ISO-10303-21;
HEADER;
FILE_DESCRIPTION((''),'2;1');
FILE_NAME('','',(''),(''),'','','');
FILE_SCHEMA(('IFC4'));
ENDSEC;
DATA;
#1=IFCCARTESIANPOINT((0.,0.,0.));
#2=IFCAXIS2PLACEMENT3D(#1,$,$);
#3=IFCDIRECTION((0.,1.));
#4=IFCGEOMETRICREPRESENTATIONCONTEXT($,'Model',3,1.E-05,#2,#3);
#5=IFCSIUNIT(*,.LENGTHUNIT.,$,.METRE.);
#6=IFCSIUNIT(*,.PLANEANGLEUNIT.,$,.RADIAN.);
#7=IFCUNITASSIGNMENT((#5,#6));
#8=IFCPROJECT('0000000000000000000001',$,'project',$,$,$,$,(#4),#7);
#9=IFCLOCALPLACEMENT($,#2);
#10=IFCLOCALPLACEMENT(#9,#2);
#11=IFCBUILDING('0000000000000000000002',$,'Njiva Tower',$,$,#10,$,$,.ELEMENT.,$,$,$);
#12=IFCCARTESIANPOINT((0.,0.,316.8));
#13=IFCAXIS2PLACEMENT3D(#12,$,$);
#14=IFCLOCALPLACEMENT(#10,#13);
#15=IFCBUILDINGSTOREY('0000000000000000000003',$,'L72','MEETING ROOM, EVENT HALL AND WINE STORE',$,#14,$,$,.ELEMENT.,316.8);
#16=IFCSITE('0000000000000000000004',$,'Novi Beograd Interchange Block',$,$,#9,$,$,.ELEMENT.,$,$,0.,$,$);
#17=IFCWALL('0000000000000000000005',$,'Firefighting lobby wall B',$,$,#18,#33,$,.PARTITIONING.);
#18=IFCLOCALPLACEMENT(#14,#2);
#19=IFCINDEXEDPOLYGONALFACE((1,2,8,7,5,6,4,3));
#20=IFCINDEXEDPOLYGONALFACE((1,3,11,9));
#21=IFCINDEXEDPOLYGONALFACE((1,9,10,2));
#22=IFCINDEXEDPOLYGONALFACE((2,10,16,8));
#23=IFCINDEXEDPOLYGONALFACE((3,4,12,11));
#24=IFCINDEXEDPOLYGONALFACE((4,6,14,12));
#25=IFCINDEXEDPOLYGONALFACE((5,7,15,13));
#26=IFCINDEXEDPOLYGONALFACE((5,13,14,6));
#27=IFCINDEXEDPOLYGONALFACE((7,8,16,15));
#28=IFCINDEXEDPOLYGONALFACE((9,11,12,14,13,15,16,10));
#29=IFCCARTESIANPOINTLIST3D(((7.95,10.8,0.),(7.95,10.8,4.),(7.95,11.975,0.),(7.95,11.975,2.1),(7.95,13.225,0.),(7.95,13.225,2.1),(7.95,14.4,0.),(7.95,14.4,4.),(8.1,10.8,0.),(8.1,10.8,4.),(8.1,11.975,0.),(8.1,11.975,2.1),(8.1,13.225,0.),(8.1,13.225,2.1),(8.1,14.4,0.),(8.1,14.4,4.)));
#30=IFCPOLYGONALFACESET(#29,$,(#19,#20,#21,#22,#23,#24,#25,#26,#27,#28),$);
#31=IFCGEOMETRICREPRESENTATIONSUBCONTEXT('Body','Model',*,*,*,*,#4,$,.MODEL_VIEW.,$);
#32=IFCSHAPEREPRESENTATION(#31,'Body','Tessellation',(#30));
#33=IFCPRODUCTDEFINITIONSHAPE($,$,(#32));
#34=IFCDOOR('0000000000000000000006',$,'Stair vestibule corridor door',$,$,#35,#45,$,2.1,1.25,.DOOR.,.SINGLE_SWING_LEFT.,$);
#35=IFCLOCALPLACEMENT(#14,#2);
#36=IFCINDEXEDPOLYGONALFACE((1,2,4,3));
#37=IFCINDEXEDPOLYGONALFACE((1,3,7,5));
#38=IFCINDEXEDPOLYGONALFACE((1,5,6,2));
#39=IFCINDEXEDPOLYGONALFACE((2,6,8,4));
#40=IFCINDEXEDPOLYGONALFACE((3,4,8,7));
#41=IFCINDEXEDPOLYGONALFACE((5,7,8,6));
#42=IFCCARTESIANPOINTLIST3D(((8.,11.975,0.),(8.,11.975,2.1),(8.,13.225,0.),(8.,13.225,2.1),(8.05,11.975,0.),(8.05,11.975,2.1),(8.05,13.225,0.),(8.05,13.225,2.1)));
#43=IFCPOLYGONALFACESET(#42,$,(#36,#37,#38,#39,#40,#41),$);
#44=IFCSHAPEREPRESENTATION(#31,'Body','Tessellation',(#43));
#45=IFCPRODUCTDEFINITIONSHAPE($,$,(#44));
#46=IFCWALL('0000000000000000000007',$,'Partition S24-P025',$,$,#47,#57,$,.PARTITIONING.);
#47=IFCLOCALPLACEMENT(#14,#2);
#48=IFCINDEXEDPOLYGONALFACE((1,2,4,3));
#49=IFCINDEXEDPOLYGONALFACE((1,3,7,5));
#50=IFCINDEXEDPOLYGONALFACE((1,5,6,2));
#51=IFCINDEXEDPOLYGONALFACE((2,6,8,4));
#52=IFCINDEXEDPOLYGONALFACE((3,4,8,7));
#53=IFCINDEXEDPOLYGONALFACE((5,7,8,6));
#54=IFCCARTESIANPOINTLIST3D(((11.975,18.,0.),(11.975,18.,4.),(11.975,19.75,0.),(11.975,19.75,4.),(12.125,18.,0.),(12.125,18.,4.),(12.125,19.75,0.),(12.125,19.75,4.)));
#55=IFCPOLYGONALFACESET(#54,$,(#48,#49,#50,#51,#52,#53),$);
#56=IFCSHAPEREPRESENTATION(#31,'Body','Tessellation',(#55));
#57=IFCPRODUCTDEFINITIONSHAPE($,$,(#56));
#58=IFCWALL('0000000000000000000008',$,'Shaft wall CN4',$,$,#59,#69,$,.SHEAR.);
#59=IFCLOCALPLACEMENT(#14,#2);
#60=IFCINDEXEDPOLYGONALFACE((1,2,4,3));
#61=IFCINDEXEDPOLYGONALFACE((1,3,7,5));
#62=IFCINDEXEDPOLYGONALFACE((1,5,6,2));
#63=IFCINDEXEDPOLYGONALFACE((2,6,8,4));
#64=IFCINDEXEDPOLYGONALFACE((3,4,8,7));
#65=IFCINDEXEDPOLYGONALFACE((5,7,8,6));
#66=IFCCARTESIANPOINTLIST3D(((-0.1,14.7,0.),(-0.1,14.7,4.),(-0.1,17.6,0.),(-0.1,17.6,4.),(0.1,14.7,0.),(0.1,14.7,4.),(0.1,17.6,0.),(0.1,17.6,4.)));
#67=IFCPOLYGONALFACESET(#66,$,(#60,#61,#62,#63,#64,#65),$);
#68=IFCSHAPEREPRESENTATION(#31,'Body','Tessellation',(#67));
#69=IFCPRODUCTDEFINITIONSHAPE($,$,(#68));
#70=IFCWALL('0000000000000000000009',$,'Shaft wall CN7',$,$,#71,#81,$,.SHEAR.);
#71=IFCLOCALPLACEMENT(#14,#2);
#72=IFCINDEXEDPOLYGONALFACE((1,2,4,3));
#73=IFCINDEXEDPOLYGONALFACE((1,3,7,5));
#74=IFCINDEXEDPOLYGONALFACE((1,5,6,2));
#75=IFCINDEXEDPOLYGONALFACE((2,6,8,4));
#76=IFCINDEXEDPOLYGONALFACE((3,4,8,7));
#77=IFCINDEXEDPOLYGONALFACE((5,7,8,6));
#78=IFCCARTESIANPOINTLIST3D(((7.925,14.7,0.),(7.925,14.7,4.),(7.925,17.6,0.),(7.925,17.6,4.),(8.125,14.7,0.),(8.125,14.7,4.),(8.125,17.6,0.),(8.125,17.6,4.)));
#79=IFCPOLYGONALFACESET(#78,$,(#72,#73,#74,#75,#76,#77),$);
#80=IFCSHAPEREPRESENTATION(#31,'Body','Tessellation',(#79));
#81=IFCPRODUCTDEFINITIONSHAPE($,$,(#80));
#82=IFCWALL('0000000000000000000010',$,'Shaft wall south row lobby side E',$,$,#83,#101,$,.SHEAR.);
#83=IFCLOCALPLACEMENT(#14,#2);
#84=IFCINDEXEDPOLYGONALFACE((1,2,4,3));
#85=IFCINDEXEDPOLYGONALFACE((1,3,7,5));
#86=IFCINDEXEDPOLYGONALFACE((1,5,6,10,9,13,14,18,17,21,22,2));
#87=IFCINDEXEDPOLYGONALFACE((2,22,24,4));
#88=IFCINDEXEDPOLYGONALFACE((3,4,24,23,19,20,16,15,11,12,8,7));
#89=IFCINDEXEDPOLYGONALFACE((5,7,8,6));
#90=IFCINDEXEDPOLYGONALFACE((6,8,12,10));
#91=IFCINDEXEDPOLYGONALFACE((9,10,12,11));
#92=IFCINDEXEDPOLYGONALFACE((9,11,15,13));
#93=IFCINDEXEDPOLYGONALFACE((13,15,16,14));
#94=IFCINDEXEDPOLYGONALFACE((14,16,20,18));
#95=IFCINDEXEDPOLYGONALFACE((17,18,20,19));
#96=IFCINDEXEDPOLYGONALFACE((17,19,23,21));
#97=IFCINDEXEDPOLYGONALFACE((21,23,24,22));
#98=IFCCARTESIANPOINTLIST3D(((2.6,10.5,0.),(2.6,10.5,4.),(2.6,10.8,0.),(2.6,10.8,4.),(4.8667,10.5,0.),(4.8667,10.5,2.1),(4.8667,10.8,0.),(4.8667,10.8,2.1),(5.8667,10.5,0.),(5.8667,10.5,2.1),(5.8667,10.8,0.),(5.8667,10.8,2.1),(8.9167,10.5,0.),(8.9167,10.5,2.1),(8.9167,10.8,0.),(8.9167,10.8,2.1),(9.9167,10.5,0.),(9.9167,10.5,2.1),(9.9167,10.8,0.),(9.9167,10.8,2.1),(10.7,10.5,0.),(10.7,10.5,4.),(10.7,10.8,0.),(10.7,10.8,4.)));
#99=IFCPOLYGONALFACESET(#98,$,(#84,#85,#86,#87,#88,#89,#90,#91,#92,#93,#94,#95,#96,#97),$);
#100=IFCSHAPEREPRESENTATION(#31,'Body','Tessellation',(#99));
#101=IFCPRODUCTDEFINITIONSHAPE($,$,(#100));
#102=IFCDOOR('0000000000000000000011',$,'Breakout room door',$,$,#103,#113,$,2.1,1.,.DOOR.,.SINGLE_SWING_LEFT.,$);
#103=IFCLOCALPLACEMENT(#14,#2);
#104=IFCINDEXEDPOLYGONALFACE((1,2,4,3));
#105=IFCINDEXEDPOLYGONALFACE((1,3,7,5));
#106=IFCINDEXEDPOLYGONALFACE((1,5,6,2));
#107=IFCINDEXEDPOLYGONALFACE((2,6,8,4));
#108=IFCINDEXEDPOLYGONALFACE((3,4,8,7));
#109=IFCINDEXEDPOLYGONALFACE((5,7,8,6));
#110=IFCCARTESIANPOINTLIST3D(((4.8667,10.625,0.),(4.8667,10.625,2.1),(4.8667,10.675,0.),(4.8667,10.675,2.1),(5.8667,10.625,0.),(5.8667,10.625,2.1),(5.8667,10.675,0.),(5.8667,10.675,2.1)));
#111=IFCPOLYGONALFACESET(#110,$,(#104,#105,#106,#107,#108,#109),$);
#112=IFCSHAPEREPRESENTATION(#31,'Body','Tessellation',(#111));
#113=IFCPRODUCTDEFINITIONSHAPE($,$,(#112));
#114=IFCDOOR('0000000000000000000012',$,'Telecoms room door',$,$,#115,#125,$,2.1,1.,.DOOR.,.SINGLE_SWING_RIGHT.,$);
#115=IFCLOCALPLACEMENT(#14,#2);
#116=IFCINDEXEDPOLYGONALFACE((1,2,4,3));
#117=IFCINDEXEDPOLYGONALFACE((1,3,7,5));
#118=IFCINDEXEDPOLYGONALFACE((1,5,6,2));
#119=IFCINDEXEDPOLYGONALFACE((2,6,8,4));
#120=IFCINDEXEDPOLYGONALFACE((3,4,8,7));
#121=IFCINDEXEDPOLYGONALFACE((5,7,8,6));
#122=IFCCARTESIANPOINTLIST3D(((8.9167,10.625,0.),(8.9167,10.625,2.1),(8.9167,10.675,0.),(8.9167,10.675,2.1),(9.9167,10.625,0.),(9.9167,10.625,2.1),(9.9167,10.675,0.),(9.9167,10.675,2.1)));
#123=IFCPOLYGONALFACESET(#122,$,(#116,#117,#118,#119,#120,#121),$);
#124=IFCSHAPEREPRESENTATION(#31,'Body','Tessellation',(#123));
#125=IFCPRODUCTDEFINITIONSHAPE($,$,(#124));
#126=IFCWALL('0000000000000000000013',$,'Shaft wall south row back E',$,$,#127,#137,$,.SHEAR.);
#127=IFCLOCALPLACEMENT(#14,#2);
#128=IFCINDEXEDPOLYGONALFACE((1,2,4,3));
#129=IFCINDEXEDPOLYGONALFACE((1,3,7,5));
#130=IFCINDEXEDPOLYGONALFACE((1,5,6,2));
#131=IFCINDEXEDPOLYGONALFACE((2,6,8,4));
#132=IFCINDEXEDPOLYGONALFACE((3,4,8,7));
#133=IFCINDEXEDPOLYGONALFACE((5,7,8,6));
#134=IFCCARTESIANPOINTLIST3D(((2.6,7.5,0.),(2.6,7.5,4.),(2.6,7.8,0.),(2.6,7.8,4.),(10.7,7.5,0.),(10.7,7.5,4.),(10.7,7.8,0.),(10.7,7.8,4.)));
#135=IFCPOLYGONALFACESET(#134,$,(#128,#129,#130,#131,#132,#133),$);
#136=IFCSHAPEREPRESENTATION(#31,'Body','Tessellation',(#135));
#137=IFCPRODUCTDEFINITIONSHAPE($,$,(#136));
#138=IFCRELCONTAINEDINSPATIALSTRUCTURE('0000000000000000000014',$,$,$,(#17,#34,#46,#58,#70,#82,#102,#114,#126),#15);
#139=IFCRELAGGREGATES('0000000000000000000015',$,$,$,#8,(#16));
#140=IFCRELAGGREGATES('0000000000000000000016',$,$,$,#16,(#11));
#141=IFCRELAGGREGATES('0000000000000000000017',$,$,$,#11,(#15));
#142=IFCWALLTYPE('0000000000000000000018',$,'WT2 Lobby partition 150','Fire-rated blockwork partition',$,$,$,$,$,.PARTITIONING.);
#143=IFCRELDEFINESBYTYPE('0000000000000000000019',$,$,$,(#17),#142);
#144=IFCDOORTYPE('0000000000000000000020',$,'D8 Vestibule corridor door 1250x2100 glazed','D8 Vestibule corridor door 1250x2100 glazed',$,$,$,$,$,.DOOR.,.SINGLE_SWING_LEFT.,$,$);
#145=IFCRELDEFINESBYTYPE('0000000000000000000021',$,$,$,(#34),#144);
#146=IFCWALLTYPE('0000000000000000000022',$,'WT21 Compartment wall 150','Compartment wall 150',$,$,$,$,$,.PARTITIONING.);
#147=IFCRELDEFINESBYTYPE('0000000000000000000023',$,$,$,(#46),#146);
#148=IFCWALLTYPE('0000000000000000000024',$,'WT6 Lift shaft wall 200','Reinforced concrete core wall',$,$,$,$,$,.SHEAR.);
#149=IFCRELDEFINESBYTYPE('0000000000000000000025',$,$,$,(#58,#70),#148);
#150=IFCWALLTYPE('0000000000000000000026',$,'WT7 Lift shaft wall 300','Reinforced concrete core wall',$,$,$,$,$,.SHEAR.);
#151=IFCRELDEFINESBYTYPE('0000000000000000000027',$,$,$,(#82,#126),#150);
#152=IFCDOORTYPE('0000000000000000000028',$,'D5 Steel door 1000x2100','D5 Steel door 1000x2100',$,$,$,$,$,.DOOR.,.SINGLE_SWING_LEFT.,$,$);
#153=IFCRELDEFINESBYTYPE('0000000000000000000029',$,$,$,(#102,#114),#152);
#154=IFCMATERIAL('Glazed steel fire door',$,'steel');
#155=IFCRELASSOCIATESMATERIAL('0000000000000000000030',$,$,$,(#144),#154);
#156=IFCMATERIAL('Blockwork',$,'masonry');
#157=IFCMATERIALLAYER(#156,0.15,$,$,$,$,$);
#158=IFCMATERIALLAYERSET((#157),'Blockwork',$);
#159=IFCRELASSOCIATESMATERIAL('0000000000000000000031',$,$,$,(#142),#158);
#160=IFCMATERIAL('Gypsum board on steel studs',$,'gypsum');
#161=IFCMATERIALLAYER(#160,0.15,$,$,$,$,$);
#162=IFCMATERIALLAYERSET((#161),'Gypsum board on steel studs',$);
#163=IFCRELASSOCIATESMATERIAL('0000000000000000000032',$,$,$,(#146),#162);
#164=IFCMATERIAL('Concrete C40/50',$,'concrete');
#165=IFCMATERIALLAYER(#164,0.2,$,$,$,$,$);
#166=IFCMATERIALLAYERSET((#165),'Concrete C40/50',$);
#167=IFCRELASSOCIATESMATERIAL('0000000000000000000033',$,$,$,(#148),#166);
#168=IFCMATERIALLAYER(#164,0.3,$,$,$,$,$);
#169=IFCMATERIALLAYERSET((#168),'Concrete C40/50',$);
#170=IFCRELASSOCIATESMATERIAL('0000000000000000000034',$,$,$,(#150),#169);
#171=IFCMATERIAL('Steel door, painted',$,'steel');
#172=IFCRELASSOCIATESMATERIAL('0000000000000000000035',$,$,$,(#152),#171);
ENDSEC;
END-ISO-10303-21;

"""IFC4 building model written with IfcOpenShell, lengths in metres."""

from ifc_helpers import new_model, si_unit, direction, frame, frame_2d, origin, place, context, subcontext, project, spatial, rectangle, extrude, material, layer, layer_set, type_object, element, fill, save


model = new_model("IFC4")

# Units and contexts
model_context = context("Model", 3, precision=1e-05, world=origin(), true_north=direction((0.0, 1.0)))
body_context = subcontext(model_context, "Body", "Model", "MODEL_VIEW")
ifc_project = project(units=[si_unit("LENGTHUNIT", "METRE"), si_unit("PLANEANGLEUNIT", "RADIAN")], contexts=[model_context])

# Site, building, storey
site_placement = place(None, origin())
site = spatial("IfcSite", under=ifc_project, at=site_placement, Name="Novi Beograd Interchange Block", CompositionType="ELEMENT", RefElevation=0.0)
building_placement = place(site_placement, origin())
building = spatial("IfcBuilding", under=site, at=building_placement, Name="Njiva Tower", CompositionType="ELEMENT")
storey_placement = place(building_placement, frame((0.0, 0.0, 316.8)))
storey = spatial("IfcBuildingStorey", under=building, at=storey_placement, Name="L72", Description="MEETING ROOM, EVENT HALL AND WINE STORE", CompositionType="ELEMENT", Elevation=316.8)

# Shared definitions
ifc_material_1 = material(Name="Blockwork", Category="masonry")

# Shared definitions
ifc_material_2 = material(Name="Concrete C40/50", Category="concrete")
ifc_material_3 = material(Name="Steel door, painted", Category="steel")
ifc_material_4 = material(Name="Glazed steel fire door", Category="steel")
door_type_1 = type_object("IfcDoorType", Name="D8 Vestibule corridor door 1250x2100 glazed", Description="D8 Vestibule corridor door 1250x2100 glazed", OperationType="SINGLE_SWING_LEFT", PredefinedType="DOOR", material=ifc_material_4)

# Wall, opening, door
ifc_layer_1 = layer(ifc_material_1, 0.15)
ifc_layer_set_1 = layer_set([ifc_layer_1], Name="Blockwork")
wall_type_1 = type_object("IfcWallType", Name="WT2 Lobby partition 150", Description="Fire-rated blockwork partition", PredefinedType="PARTITIONING", material=ifc_layer_set_1)
wall_1_placement = place(storey_placement, frame((8.025, 10.8, 0.0), z_axis=(0.0, 0.0, 1.0), x_axis=(0.0, 1.0, 0.0)))
wall_1 = element("IfcWall", 1, at=wall_1_placement, inside=storey, type_object=wall_type_1, Name="Firefighting lobby wall B", PredefinedType="PARTITIONING", context=body_context, shape_type="SweptSolid", body=[
    extrude(rectangle(XDim=3.6, YDim=0.15, at=frame_2d((1.8, 0.0))), origin(), (0.0, 0.0, 1.0), 4.0),
])
opening_1_placement = place(wall_1_placement, frame((1.175, 0.0, 0.0)))
opening_1 = element("IfcOpeningElement", 2, at=opening_1_placement, cuts=wall_1, PredefinedType="OPENING", context=body_context, shape_type="SweptSolid", body=[
    extrude(rectangle(XDim=1.25, YDim=2.1, at=frame_2d((0.625, 1.05))), frame((0.0, 0.085, 0.0), z_axis=(0.0, -1.0, 0.0), x_axis=(1.0, 0.0, 0.0)), (0.0, 0.0, 1.0), 0.17),
])
door_1_placement = place(opening_1_placement, origin())
door_1 = element("IfcDoor", 3, at=door_1_placement, inside=storey, type_object=door_type_1, Name="Stair vestibule corridor door", OperationType="SINGLE_SWING_LEFT", OverallHeight=2.1, OverallWidth=1.25, PredefinedType="DOOR", context=body_context, shape_type="SweptSolid", body=[
    extrude(rectangle(XDim=1.25, YDim=2.1, at=frame_2d((0.625, 1.05))), frame((0.0, 0.025, 0.0), z_axis=(0.0, -1.0, 0.0), x_axis=(1.0, 0.0, 0.0)), (0.0, 0.0, 1.0), 0.05),
])
fill(opening_1, door_1)

# Walls
ifc_material_5 = material(Name="Gypsum board on steel studs", Category="gypsum")
ifc_layer_2 = layer(ifc_material_5, 0.15)
ifc_layer_set_2 = layer_set([ifc_layer_2], Name="Gypsum board on steel studs")
wall_type_2 = type_object("IfcWallType", Name="WT21 Compartment wall 150", Description="Compartment wall 150", PredefinedType="PARTITIONING", material=ifc_layer_set_2)
wall_2_placement = place(storey_placement, frame((12.05, 18.0, 0.0), z_axis=(0.0, 0.0, 1.0), x_axis=(0.0, 1.0, 0.0)))
element("IfcWall", 4, at=wall_2_placement, inside=storey, type_object=wall_type_2, Name="Partition S24-P025", PredefinedType="PARTITIONING", context=body_context, shape_type="SweptSolid", body=[
    extrude(rectangle(XDim=1.75, YDim=0.15, at=frame_2d((0.875, 0.0))), origin(), (0.0, 0.0, 1.0), 4.0),
])
ifc_layer_3 = layer(ifc_material_2, 0.2)
ifc_layer_set_3 = layer_set([ifc_layer_3], Name="Concrete C40/50")
wall_type_3 = type_object("IfcWallType", Name="WT6 Lift shaft wall 200", Description="Reinforced concrete core wall", PredefinedType="SHEAR", material=ifc_layer_set_3)
for number, where, z_axis, x_axis, name in (
    (5, (0.0, 14.7, 0.0), (0.0, 0.0, 1.0), (0.0, 1.0, 0.0), "Shaft wall CN4"),
    (6, (8.025, 14.7, 0.0), (0.0, 0.0, 1.0), (0.0, 1.0, 0.0), "Shaft wall CN7"),
):
    element("IfcWall", number, at=place(storey_placement, frame(where, z_axis=z_axis, x_axis=x_axis)), inside=storey, type_object=wall_type_3, Name=name, PredefinedType="SHEAR", context=body_context, shape_type="SweptSolid", body=[
        extrude(rectangle(XDim=2.9, YDim=0.2, at=frame_2d((1.45, 0.0))), origin(), (0.0, 0.0, 1.0), 4.0),
    ])

# Wall, openings, doors
ifc_layer_4 = layer(ifc_material_2, 0.3)
ifc_layer_set_4 = layer_set([ifc_layer_4], Name="Concrete C40/50")
wall_type_4 = type_object("IfcWallType", Name="WT7 Lift shaft wall 300", Description="Reinforced concrete core wall", PredefinedType="SHEAR", material=ifc_layer_set_4)
wall_3_placement = place(storey_placement, frame((2.6, 10.65, 0.0), z_axis=(0.0, 0.0, 1.0), x_axis=(1.0, 0.0, 0.0)))
wall_3 = element("IfcWall", 7, at=wall_3_placement, inside=storey, type_object=wall_type_4, Name="Shaft wall south row lobby side E", PredefinedType="SHEAR", context=body_context, shape_type="SweptSolid", body=[
    extrude(rectangle(XDim=8.1, YDim=0.3, at=frame_2d((4.05, 0.0))), origin(), (0.0, 0.0, 1.0), 4.0),
])
opening_2_placement = place(wall_3_placement, frame((2.2667, 0.0, 0.0)))
opening_2 = element("IfcOpeningElement", 8, at=opening_2_placement, cuts=wall_3, PredefinedType="OPENING", context=body_context, shape_type="SweptSolid", body=[
    extrude(rectangle(XDim=1.0, YDim=2.1, at=frame_2d((0.5, 1.05))), frame((0.0, 0.16, 0.0), z_axis=(0.0, -1.0, 0.0), x_axis=(1.0, 0.0, 0.0)), (0.0, 0.0, 1.0), 0.32),
])
opening_3_placement = place(wall_3_placement, frame((6.3167, 0.0, 0.0)))
opening_3 = element("IfcOpeningElement", 9, at=opening_3_placement, cuts=wall_3, PredefinedType="OPENING", context=body_context, shape_type="SweptSolid", body=[
    extrude(rectangle(XDim=1.0, YDim=2.1, at=frame_2d((0.5, 1.05))), frame((0.0, 0.16, 0.0), z_axis=(0.0, -1.0, 0.0), x_axis=(1.0, 0.0, 0.0)), (0.0, 0.0, 1.0), 0.32),
])
door_type_2 = type_object("IfcDoorType", Name="D5 Steel door 1000x2100", Description="D5 Steel door 1000x2100", OperationType="SINGLE_SWING_LEFT", PredefinedType="DOOR", material=ifc_material_3)
door_2_placement = place(opening_2_placement, origin())
door_2 = element("IfcDoor", 10, at=door_2_placement, inside=storey, type_object=door_type_2, Name="Breakout room door", OperationType="SINGLE_SWING_LEFT", OverallHeight=2.1, OverallWidth=1.0, PredefinedType="DOOR", context=body_context, shape_type="SweptSolid", body=[
    extrude(rectangle(XDim=1.0, YDim=2.1, at=frame_2d((0.5, 1.05))), frame((0.0, 0.025, 0.0), z_axis=(0.0, -1.0, 0.0), x_axis=(1.0, 0.0, 0.0)), (0.0, 0.0, 1.0), 0.05),
])
fill(opening_2, door_2)
door_3_placement = place(opening_3_placement, origin())
door_3 = element("IfcDoor", 11, at=door_3_placement, inside=storey, type_object=door_type_2, Name="Telecoms room door", OperationType="SINGLE_SWING_RIGHT", OverallHeight=2.1, OverallWidth=1.0, PredefinedType="DOOR", context=body_context, shape_type="SweptSolid", body=[
    extrude(rectangle(XDim=1.0, YDim=2.1, at=frame_2d((0.5, 1.05))), frame((0.0, 0.025, 0.0), z_axis=(0.0, -1.0, 0.0), x_axis=(1.0, 0.0, 0.0)), (0.0, 0.0, 1.0), 0.05),
])
fill(opening_3, door_3)

# Wall
wall_4_placement = place(storey_placement, frame((2.6, 7.65, 0.0), z_axis=(0.0, 0.0, 1.0), x_axis=(1.0, 0.0, 0.0)))
element("IfcWall", 12, at=wall_4_placement, inside=storey, type_object=wall_type_4, Name="Shaft wall south row back E", PredefinedType="SHEAR", context=body_context, shape_type="SweptSolid", body=[
    extrude(rectangle(XDim=8.1, YDim=0.3, at=frame_2d((4.05, 0.0))), origin(), (0.0, 0.0, 1.0), 4.0),
])

save(model, "model.ifc")
